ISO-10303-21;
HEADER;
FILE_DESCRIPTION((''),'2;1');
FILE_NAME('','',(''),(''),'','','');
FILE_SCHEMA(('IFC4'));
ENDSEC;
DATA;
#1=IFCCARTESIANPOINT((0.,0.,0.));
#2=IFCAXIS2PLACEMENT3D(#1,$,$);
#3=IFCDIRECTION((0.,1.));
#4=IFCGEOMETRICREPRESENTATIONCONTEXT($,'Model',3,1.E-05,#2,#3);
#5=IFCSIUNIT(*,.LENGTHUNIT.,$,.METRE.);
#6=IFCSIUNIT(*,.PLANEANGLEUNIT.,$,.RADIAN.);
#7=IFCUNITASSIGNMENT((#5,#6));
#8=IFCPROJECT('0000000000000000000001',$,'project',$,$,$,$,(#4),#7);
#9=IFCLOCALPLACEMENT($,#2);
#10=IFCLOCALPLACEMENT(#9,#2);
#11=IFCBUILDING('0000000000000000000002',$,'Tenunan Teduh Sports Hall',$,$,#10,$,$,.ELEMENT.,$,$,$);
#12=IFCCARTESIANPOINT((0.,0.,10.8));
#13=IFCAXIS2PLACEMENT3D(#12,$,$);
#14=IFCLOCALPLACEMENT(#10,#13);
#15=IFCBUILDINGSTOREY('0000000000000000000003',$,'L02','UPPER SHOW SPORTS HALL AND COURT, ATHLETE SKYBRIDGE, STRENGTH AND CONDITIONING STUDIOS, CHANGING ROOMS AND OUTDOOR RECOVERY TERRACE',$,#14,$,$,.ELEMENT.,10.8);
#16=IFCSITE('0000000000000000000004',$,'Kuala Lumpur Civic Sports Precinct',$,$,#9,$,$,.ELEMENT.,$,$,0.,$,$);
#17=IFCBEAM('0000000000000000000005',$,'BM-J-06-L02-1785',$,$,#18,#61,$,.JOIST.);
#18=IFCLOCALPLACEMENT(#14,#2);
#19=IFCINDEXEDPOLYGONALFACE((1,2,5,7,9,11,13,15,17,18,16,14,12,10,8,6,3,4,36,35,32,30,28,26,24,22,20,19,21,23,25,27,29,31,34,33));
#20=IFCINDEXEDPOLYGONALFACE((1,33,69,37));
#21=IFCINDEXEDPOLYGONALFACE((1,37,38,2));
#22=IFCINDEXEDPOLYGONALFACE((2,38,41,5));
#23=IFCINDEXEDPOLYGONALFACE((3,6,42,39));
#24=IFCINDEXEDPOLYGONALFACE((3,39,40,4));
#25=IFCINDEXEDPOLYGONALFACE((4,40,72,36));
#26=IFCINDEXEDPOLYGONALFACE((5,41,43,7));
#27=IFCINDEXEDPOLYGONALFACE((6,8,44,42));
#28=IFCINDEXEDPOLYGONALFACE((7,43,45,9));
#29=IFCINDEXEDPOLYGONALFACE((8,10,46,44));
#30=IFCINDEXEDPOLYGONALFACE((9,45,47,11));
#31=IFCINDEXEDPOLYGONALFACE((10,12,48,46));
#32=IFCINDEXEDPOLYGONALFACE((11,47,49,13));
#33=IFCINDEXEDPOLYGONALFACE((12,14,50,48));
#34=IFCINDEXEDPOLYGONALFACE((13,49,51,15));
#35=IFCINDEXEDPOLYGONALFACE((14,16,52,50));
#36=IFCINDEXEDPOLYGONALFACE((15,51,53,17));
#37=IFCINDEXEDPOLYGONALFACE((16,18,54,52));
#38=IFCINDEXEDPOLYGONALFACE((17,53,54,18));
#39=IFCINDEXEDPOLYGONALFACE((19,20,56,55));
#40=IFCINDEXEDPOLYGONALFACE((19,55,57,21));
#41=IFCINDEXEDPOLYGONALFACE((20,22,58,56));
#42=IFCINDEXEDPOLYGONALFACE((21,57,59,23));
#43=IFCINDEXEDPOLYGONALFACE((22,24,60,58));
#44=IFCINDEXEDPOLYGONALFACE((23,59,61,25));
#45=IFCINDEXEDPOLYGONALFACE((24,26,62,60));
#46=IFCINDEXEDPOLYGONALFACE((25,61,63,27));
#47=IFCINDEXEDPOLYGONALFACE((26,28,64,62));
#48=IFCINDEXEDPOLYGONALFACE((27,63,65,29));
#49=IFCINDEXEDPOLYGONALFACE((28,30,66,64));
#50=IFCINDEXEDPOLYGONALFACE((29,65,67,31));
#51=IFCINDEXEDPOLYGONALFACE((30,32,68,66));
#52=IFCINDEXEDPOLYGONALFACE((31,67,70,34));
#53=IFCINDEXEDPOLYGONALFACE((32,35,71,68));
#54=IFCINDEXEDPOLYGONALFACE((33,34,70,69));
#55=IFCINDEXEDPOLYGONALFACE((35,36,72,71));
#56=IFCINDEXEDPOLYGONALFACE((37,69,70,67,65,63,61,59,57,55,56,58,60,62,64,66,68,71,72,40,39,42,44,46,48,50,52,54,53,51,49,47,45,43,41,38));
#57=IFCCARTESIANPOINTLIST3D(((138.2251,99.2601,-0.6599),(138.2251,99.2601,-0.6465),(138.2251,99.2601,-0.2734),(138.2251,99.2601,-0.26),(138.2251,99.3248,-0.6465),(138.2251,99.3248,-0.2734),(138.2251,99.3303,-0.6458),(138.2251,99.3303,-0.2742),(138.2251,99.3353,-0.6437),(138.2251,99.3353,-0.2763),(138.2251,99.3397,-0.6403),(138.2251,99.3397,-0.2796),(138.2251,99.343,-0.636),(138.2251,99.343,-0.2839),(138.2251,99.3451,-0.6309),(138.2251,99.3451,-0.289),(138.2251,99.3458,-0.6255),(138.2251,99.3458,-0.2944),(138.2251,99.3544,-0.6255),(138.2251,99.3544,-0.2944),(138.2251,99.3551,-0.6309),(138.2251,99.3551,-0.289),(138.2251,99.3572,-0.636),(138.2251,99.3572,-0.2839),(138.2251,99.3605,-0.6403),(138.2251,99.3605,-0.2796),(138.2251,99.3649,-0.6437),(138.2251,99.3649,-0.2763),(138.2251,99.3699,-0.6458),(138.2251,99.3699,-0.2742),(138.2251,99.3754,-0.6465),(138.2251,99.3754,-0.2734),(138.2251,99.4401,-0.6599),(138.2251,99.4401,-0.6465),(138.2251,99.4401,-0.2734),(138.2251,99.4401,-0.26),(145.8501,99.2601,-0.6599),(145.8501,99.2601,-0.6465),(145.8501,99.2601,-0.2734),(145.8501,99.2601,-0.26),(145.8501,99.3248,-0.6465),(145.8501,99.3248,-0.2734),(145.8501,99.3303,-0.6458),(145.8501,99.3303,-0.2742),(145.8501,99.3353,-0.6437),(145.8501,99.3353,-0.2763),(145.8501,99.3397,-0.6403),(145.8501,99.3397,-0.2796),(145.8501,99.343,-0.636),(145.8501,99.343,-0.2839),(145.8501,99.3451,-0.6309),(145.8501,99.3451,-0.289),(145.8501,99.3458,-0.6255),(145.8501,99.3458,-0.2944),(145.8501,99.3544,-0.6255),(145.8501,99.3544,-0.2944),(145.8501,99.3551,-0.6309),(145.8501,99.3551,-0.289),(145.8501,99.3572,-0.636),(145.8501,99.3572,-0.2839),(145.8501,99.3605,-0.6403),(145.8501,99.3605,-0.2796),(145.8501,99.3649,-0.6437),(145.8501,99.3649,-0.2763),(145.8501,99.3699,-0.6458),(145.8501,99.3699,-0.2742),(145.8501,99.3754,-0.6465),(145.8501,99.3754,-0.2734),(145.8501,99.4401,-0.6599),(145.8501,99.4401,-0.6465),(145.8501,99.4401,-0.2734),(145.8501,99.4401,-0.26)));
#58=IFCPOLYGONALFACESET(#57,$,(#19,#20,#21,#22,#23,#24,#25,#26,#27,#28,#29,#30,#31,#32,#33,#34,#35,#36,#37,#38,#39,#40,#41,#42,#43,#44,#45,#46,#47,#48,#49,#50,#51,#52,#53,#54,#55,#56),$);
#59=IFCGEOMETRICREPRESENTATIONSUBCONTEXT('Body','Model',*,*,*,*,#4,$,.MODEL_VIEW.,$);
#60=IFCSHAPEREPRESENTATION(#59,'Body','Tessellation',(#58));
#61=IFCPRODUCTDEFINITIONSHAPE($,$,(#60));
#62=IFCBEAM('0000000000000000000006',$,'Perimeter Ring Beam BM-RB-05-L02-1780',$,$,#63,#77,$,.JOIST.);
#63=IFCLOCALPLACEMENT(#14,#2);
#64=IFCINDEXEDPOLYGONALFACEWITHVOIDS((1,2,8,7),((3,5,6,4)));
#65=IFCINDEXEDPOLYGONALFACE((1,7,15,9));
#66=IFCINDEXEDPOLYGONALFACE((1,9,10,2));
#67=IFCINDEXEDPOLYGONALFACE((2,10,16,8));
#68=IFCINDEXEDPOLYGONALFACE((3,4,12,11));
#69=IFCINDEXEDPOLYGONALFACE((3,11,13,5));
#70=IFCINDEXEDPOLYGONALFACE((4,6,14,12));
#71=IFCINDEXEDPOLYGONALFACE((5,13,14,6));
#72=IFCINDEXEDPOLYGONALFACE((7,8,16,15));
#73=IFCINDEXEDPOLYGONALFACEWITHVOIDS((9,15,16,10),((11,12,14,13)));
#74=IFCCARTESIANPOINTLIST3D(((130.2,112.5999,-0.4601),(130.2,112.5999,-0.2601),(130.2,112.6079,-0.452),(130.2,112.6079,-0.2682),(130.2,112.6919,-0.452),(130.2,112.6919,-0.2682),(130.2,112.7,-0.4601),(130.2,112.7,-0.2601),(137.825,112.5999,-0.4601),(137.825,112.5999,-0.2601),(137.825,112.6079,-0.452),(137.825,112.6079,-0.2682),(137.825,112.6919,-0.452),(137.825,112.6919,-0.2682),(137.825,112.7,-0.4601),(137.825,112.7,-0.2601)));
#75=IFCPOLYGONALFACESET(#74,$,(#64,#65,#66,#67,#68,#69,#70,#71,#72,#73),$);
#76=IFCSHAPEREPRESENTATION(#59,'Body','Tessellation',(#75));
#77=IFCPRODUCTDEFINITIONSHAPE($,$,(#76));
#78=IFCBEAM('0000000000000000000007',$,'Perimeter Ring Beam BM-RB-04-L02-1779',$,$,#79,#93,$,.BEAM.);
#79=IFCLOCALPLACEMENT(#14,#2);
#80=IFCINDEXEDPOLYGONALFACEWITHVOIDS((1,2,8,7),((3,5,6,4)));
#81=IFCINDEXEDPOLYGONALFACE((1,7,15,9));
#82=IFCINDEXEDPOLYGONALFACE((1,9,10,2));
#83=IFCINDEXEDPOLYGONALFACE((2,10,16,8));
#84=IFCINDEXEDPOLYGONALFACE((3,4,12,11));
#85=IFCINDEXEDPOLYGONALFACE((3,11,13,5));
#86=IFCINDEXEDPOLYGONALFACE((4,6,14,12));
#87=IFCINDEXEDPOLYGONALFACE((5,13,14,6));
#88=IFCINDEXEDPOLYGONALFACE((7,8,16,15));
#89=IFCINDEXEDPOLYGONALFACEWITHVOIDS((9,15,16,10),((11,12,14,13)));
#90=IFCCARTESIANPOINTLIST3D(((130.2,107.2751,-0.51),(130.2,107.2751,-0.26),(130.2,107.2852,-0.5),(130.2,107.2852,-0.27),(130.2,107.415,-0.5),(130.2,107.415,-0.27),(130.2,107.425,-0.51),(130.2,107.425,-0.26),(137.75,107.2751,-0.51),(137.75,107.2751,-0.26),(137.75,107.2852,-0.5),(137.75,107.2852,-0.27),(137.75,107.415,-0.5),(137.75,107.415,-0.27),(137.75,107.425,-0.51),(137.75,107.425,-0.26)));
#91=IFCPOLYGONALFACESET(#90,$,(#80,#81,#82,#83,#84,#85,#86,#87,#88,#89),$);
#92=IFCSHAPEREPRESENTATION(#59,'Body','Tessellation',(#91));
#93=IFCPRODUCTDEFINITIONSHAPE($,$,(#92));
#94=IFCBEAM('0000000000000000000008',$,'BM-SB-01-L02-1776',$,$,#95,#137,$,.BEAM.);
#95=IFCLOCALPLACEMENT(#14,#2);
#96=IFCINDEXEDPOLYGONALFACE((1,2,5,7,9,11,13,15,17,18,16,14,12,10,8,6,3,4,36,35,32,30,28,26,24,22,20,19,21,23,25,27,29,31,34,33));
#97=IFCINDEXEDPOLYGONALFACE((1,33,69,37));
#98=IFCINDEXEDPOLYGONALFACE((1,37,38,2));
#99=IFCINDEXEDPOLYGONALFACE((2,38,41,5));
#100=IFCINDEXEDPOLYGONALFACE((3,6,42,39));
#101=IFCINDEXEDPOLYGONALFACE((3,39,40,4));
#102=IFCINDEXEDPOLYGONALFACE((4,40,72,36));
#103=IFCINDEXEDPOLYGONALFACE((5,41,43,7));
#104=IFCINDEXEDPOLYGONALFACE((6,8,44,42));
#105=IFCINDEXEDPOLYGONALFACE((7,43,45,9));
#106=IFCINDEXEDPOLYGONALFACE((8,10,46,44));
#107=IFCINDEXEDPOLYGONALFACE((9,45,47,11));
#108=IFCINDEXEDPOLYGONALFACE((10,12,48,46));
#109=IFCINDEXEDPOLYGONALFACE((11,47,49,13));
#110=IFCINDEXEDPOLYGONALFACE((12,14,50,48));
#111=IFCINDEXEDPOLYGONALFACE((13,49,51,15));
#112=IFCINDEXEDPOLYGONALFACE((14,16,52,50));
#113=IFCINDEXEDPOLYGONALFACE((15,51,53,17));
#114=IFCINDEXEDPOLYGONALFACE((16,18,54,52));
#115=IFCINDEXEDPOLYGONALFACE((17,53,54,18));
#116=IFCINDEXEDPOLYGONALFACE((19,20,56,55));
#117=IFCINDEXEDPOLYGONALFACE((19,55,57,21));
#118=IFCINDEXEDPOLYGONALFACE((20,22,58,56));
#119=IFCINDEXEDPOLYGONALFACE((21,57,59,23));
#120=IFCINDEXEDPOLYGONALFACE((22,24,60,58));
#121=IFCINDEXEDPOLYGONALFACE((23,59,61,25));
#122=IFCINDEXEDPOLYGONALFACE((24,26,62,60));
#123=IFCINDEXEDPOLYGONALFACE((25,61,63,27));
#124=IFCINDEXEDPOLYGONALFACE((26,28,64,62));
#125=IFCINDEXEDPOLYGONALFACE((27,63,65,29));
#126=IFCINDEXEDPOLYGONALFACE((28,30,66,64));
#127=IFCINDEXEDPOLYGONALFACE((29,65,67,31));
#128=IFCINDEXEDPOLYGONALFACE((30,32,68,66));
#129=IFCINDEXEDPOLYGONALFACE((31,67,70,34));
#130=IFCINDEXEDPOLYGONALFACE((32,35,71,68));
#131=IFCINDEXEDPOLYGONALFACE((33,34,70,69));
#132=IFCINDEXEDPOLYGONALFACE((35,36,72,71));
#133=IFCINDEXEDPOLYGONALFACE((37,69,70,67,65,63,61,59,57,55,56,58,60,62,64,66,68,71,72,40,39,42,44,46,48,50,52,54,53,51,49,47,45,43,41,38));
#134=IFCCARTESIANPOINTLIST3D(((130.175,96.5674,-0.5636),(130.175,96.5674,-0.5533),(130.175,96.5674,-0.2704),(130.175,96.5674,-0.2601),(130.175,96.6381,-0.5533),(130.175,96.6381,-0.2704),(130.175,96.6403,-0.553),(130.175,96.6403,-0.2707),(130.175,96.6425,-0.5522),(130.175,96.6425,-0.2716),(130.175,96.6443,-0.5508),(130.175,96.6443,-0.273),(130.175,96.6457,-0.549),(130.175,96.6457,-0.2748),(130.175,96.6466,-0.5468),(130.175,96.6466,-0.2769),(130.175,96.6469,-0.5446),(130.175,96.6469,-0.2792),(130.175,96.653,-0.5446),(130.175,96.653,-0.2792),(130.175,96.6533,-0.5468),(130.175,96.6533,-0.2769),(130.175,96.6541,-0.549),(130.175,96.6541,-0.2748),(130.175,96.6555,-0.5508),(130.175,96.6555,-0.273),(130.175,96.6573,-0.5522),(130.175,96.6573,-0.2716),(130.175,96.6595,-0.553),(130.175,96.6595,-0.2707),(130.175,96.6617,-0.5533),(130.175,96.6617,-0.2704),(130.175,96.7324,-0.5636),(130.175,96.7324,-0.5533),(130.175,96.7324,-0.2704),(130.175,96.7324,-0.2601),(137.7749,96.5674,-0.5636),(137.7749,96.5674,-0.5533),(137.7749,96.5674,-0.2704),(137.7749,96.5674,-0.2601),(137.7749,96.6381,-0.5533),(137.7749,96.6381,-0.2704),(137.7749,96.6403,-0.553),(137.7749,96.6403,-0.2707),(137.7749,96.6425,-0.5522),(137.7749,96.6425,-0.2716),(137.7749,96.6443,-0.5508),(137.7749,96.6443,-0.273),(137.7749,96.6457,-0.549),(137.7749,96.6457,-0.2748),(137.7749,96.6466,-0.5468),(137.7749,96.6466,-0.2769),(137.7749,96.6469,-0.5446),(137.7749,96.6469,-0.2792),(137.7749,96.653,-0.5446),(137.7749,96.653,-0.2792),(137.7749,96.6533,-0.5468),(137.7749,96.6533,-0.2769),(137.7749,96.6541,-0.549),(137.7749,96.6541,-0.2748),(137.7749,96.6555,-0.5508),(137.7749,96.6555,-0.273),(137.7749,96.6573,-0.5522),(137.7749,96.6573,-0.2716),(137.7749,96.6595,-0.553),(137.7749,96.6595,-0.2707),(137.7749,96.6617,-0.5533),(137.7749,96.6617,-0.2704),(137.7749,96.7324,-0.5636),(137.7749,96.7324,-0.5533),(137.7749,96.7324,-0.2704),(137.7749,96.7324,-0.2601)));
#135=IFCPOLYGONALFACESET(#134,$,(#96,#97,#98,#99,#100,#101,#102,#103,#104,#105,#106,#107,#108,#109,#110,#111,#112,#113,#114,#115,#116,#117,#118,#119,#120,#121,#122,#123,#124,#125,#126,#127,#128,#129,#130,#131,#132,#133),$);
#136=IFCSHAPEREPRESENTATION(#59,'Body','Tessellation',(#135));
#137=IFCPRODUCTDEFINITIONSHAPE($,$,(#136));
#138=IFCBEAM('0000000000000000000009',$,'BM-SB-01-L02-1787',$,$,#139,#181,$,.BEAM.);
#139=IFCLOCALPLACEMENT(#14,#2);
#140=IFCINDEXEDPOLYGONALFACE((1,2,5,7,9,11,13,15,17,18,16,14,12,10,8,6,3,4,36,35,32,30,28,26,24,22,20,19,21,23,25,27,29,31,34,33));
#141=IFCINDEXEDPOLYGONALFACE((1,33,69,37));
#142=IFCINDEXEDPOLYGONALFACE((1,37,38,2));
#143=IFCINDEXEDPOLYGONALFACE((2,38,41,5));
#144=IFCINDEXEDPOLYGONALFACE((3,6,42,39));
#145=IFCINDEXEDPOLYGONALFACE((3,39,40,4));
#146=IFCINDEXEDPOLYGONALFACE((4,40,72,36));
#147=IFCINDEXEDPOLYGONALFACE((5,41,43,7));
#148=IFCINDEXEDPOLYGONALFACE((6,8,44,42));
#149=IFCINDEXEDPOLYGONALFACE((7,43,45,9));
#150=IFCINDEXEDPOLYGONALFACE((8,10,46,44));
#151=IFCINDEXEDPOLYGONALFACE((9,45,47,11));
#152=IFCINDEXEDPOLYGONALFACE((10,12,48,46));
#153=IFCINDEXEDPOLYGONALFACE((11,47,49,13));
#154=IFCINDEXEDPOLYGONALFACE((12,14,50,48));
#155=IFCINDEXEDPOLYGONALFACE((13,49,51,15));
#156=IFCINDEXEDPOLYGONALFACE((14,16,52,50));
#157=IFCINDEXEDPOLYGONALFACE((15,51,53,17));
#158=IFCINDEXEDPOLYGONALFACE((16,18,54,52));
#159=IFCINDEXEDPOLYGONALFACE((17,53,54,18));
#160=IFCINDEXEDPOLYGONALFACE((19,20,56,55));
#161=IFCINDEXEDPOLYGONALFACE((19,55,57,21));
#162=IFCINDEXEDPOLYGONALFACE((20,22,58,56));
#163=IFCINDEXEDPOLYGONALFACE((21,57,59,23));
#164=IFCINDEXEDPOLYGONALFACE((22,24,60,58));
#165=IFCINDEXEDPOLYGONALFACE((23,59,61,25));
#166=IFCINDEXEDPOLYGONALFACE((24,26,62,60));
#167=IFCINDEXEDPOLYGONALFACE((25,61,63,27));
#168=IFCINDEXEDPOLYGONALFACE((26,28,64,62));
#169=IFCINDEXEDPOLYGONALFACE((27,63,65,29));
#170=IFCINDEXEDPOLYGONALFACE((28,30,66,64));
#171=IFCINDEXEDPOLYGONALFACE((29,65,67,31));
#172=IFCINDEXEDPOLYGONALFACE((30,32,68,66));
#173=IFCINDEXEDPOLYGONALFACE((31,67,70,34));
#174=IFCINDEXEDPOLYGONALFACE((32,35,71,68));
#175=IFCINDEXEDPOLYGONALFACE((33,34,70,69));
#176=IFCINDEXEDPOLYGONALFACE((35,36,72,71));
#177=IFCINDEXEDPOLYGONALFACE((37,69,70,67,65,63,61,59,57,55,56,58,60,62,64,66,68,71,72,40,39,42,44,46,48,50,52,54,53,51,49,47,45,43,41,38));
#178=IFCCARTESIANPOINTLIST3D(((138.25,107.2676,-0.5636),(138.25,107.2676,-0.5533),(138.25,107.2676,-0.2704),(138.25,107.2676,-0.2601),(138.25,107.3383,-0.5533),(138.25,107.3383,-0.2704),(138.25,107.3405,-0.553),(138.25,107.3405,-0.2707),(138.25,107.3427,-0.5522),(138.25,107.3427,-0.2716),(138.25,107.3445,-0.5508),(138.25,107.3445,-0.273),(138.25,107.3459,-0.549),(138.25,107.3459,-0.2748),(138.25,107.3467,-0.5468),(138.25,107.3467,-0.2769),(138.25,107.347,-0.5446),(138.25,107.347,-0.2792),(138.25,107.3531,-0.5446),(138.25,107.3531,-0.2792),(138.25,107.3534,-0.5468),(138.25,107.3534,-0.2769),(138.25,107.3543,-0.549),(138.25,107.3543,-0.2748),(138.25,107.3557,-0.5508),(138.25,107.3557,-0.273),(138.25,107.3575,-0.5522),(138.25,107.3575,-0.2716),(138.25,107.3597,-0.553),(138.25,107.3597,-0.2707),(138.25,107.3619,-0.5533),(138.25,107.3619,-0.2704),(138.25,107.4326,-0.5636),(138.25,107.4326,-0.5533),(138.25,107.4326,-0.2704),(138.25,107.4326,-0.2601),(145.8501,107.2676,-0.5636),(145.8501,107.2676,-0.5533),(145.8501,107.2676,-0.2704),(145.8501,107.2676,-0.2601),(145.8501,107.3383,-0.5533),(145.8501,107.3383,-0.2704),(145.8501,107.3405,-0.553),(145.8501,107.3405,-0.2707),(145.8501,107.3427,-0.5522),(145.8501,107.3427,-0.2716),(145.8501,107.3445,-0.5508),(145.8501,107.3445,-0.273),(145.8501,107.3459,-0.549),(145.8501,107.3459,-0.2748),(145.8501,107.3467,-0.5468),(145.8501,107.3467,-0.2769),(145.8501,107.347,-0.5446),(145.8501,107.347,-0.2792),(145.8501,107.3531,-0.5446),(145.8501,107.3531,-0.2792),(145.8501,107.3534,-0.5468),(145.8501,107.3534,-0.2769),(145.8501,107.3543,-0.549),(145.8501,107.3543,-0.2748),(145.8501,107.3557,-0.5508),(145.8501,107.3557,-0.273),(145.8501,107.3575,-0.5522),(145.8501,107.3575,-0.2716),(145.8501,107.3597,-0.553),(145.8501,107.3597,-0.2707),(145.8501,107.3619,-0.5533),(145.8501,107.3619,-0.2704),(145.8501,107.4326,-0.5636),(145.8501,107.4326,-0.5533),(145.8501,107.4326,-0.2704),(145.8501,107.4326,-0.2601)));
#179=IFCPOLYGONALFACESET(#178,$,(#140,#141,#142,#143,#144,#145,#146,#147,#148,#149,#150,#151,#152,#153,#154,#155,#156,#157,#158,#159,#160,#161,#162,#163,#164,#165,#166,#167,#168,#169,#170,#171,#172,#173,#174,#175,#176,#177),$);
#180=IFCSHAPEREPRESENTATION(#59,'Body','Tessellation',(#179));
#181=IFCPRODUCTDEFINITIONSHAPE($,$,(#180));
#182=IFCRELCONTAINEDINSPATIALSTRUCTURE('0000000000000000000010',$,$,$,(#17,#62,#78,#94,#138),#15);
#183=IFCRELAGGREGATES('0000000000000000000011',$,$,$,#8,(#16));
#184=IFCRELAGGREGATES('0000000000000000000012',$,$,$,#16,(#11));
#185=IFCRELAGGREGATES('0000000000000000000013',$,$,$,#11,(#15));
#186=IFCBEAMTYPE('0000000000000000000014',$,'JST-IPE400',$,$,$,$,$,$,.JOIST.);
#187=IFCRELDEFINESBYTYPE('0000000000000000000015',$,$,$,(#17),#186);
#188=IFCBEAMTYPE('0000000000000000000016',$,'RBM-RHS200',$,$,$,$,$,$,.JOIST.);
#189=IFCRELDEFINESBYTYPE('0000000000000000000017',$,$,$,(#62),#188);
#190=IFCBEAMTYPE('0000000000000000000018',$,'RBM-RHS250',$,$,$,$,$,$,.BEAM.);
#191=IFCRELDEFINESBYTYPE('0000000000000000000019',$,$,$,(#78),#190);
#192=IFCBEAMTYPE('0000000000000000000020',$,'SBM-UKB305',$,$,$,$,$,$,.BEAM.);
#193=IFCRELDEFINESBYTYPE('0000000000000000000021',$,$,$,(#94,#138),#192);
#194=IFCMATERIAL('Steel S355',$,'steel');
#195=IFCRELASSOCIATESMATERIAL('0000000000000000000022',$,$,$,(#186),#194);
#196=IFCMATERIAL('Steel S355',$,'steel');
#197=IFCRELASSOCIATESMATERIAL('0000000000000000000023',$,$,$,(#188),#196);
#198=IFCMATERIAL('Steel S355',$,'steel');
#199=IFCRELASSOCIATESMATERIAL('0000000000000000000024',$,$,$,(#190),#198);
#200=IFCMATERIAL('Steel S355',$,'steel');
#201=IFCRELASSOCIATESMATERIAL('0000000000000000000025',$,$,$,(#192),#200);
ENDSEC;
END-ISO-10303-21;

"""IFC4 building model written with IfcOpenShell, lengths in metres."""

from ifc_helpers import new_model, si_unit, direction, frame, origin, origin_2d, place, context, subcontext, project, spatial, hollow_rectangle, i_section, extrude, material, material_profile, profile_set, type_object, element, save


model = new_model("IFC4")

# Units and contexts
model_context = context("Model", 3, precision=1e-05, world=origin(), true_north=direction((0.0, 1.0)))
body_context = subcontext(model_context, "Body", "Model", "MODEL_VIEW")
ifc_project = project(units=[si_unit("LENGTHUNIT", "METRE"), si_unit("PLANEANGLEUNIT", "RADIAN")], contexts=[model_context])

# Site, building, storey
site_placement = place(None, origin())
site = spatial("IfcSite", under=ifc_project, at=site_placement, Name="Kuala Lumpur Civic Sports Precinct", CompositionType="ELEMENT", RefElevation=0.0)
building_placement = place(site_placement, origin())
building = spatial("IfcBuilding", under=site, at=building_placement, Name="Tenunan Teduh Sports Hall", CompositionType="ELEMENT")
storey_placement = place(building_placement, frame((0.0, 0.0, 10.8)))
storey = spatial("IfcBuildingStorey", under=building, at=storey_placement, Name="L02", Description="UPPER SHOW SPORTS HALL AND COURT, ATHLETE SKYBRIDGE, STRENGTH AND CONDITIONING STUDIOS, CHANGING ROOMS AND OUTDOOR RECOVERY TERRACE", CompositionType="ELEMENT", Elevation=10.8)

# Beams
ifc_material_1 = material(Name="Steel S355", Category="steel")
ifc_material_profile_1 = material_profile(ifc_material_1, i_section(OverallWidth=0.1799, OverallDepth=0.3999, WebThickness=0.0085, FlangeThickness=0.0134, FilletRadius=0.021, at=origin_2d()), Name="IPE 400")
ifc_profile_set_1 = profile_set([ifc_material_profile_1], Name="Steel S355")
beam_type_1 = type_object("IfcBeamType", Name="JST-IPE400", PredefinedType="JOIST", material=ifc_profile_set_1)
beam_1_placement = place(storey_placement, frame((138.2251, 99.3501, -0.46), z_axis=(1.0, 0.0, 0.0), x_axis=(0.0, 1.0, 0.0)))
element("IfcBeam", 1, at=beam_1_placement, inside=storey, type_object=beam_type_1, Name="BM-J-06-L02-1785", PredefinedType="JOIST", context=body_context, shape_type="SweptSolid", body=[
    extrude(i_section(OverallWidth=0.1799, OverallDepth=0.3999, WebThickness=0.0085, FlangeThickness=0.0134, FilletRadius=0.021, at=origin_2d()), origin(), (0.0, 0.0, 1.0), 7.625),
])
ifc_material_2 = material(Name="Steel S355", Category="steel")
ifc_material_profile_2 = material_profile(ifc_material_2, hollow_rectangle(XDim=0.1001, YDim=0.2, WallThickness=0.0081, at=origin_2d()), Name="RHS 200x100x8.0")
ifc_profile_set_2 = profile_set([ifc_material_profile_2], Name="Steel S355")
beam_type_2 = type_object("IfcBeamType", Name="RBM-RHS200", PredefinedType="JOIST", material=ifc_profile_set_2)
beam_2_placement = place(storey_placement, frame((130.2, 112.6499, -0.3601), z_axis=(1.0, 0.0, 0.0), x_axis=(0.0, 1.0, 0.0)))
element("IfcBeam", 2, at=beam_2_placement, inside=storey, type_object=beam_type_2, Name="Perimeter Ring Beam BM-RB-05-L02-1780", PredefinedType="JOIST", context=body_context, shape_type="SweptSolid", body=[
    extrude(hollow_rectangle(XDim=0.1001, YDim=0.2, WallThickness=0.0081, at=origin_2d()), origin(), (0.0, 0.0, 1.0), 7.625),
])
ifc_material_3 = material(Name="Steel S355", Category="steel")
ifc_material_profile_3 = material_profile(ifc_material_3, hollow_rectangle(XDim=0.1499, YDim=0.25, WallThickness=0.01, at=origin_2d()), Name="RHS 250x150x10.0")
ifc_profile_set_3 = profile_set([ifc_material_profile_3], Name="Steel S355")
beam_type_3 = type_object("IfcBeamType", Name="RBM-RHS250", PredefinedType="BEAM", material=ifc_profile_set_3)
beam_3_placement = place(storey_placement, frame((130.2, 107.3501, -0.385), z_axis=(1.0, 0.0, 0.0), x_axis=(0.0, 1.0, 0.0)))
element("IfcBeam", 3, at=beam_3_placement, inside=storey, type_object=beam_type_3, Name="Perimeter Ring Beam BM-RB-04-L02-1779", PredefinedType="BEAM", context=body_context, shape_type="SweptSolid", body=[
    extrude(hollow_rectangle(XDim=0.1499, YDim=0.25, WallThickness=0.01, at=origin_2d()), origin(), (0.0, 0.0, 1.0), 7.55),
])
ifc_material_4 = material(Name="Steel S355", Category="steel")
ifc_material_profile_4 = material_profile(ifc_material_4, i_section(OverallWidth=0.165, OverallDepth=0.3035, WebThickness=0.0061, FlangeThickness=0.0103, FilletRadius=0.0088, at=origin_2d()), Name="UKB 305x165x40")
ifc_profile_set_4 = profile_set([ifc_material_profile_4], Name="Steel S355")
beam_type_4 = type_object("IfcBeamType", Name="SBM-UKB305", PredefinedType="BEAM", material=ifc_profile_set_4)
beam_4_placement = place(storey_placement, frame((130.175, 96.6499, -0.4119), z_axis=(1.0, 0.0, 0.0), x_axis=(0.0, 1.0, 0.0)))
element("IfcBeam", 4, at=beam_4_placement, inside=storey, type_object=beam_type_4, Name="BM-SB-01-L02-1776", PredefinedType="BEAM", context=body_context, shape_type="SweptSolid", body=[
    extrude(i_section(OverallWidth=0.165, OverallDepth=0.3035, WebThickness=0.0061, FlangeThickness=0.0103, FilletRadius=0.0088, at=origin_2d()), origin(), (0.0, 0.0, 1.0), 7.5999),
])
beam_5_placement = place(storey_placement, frame((138.25, 107.3501, -0.4119), z_axis=(1.0, 0.0, 0.0), x_axis=(0.0, 1.0, 0.0)))
element("IfcBeam", 5, at=beam_5_placement, inside=storey, type_object=beam_type_4, Name="BM-SB-01-L02-1787", PredefinedType="BEAM", context=body_context, shape_type="SweptSolid", body=[
    extrude(i_section(OverallWidth=0.165, OverallDepth=0.3035, WebThickness=0.0061, FlangeThickness=0.0103, FilletRadius=0.0088, at=origin_2d()), origin(), (0.0, 0.0, 1.0), 7.6001),
])

save(model, "model.ifc")
